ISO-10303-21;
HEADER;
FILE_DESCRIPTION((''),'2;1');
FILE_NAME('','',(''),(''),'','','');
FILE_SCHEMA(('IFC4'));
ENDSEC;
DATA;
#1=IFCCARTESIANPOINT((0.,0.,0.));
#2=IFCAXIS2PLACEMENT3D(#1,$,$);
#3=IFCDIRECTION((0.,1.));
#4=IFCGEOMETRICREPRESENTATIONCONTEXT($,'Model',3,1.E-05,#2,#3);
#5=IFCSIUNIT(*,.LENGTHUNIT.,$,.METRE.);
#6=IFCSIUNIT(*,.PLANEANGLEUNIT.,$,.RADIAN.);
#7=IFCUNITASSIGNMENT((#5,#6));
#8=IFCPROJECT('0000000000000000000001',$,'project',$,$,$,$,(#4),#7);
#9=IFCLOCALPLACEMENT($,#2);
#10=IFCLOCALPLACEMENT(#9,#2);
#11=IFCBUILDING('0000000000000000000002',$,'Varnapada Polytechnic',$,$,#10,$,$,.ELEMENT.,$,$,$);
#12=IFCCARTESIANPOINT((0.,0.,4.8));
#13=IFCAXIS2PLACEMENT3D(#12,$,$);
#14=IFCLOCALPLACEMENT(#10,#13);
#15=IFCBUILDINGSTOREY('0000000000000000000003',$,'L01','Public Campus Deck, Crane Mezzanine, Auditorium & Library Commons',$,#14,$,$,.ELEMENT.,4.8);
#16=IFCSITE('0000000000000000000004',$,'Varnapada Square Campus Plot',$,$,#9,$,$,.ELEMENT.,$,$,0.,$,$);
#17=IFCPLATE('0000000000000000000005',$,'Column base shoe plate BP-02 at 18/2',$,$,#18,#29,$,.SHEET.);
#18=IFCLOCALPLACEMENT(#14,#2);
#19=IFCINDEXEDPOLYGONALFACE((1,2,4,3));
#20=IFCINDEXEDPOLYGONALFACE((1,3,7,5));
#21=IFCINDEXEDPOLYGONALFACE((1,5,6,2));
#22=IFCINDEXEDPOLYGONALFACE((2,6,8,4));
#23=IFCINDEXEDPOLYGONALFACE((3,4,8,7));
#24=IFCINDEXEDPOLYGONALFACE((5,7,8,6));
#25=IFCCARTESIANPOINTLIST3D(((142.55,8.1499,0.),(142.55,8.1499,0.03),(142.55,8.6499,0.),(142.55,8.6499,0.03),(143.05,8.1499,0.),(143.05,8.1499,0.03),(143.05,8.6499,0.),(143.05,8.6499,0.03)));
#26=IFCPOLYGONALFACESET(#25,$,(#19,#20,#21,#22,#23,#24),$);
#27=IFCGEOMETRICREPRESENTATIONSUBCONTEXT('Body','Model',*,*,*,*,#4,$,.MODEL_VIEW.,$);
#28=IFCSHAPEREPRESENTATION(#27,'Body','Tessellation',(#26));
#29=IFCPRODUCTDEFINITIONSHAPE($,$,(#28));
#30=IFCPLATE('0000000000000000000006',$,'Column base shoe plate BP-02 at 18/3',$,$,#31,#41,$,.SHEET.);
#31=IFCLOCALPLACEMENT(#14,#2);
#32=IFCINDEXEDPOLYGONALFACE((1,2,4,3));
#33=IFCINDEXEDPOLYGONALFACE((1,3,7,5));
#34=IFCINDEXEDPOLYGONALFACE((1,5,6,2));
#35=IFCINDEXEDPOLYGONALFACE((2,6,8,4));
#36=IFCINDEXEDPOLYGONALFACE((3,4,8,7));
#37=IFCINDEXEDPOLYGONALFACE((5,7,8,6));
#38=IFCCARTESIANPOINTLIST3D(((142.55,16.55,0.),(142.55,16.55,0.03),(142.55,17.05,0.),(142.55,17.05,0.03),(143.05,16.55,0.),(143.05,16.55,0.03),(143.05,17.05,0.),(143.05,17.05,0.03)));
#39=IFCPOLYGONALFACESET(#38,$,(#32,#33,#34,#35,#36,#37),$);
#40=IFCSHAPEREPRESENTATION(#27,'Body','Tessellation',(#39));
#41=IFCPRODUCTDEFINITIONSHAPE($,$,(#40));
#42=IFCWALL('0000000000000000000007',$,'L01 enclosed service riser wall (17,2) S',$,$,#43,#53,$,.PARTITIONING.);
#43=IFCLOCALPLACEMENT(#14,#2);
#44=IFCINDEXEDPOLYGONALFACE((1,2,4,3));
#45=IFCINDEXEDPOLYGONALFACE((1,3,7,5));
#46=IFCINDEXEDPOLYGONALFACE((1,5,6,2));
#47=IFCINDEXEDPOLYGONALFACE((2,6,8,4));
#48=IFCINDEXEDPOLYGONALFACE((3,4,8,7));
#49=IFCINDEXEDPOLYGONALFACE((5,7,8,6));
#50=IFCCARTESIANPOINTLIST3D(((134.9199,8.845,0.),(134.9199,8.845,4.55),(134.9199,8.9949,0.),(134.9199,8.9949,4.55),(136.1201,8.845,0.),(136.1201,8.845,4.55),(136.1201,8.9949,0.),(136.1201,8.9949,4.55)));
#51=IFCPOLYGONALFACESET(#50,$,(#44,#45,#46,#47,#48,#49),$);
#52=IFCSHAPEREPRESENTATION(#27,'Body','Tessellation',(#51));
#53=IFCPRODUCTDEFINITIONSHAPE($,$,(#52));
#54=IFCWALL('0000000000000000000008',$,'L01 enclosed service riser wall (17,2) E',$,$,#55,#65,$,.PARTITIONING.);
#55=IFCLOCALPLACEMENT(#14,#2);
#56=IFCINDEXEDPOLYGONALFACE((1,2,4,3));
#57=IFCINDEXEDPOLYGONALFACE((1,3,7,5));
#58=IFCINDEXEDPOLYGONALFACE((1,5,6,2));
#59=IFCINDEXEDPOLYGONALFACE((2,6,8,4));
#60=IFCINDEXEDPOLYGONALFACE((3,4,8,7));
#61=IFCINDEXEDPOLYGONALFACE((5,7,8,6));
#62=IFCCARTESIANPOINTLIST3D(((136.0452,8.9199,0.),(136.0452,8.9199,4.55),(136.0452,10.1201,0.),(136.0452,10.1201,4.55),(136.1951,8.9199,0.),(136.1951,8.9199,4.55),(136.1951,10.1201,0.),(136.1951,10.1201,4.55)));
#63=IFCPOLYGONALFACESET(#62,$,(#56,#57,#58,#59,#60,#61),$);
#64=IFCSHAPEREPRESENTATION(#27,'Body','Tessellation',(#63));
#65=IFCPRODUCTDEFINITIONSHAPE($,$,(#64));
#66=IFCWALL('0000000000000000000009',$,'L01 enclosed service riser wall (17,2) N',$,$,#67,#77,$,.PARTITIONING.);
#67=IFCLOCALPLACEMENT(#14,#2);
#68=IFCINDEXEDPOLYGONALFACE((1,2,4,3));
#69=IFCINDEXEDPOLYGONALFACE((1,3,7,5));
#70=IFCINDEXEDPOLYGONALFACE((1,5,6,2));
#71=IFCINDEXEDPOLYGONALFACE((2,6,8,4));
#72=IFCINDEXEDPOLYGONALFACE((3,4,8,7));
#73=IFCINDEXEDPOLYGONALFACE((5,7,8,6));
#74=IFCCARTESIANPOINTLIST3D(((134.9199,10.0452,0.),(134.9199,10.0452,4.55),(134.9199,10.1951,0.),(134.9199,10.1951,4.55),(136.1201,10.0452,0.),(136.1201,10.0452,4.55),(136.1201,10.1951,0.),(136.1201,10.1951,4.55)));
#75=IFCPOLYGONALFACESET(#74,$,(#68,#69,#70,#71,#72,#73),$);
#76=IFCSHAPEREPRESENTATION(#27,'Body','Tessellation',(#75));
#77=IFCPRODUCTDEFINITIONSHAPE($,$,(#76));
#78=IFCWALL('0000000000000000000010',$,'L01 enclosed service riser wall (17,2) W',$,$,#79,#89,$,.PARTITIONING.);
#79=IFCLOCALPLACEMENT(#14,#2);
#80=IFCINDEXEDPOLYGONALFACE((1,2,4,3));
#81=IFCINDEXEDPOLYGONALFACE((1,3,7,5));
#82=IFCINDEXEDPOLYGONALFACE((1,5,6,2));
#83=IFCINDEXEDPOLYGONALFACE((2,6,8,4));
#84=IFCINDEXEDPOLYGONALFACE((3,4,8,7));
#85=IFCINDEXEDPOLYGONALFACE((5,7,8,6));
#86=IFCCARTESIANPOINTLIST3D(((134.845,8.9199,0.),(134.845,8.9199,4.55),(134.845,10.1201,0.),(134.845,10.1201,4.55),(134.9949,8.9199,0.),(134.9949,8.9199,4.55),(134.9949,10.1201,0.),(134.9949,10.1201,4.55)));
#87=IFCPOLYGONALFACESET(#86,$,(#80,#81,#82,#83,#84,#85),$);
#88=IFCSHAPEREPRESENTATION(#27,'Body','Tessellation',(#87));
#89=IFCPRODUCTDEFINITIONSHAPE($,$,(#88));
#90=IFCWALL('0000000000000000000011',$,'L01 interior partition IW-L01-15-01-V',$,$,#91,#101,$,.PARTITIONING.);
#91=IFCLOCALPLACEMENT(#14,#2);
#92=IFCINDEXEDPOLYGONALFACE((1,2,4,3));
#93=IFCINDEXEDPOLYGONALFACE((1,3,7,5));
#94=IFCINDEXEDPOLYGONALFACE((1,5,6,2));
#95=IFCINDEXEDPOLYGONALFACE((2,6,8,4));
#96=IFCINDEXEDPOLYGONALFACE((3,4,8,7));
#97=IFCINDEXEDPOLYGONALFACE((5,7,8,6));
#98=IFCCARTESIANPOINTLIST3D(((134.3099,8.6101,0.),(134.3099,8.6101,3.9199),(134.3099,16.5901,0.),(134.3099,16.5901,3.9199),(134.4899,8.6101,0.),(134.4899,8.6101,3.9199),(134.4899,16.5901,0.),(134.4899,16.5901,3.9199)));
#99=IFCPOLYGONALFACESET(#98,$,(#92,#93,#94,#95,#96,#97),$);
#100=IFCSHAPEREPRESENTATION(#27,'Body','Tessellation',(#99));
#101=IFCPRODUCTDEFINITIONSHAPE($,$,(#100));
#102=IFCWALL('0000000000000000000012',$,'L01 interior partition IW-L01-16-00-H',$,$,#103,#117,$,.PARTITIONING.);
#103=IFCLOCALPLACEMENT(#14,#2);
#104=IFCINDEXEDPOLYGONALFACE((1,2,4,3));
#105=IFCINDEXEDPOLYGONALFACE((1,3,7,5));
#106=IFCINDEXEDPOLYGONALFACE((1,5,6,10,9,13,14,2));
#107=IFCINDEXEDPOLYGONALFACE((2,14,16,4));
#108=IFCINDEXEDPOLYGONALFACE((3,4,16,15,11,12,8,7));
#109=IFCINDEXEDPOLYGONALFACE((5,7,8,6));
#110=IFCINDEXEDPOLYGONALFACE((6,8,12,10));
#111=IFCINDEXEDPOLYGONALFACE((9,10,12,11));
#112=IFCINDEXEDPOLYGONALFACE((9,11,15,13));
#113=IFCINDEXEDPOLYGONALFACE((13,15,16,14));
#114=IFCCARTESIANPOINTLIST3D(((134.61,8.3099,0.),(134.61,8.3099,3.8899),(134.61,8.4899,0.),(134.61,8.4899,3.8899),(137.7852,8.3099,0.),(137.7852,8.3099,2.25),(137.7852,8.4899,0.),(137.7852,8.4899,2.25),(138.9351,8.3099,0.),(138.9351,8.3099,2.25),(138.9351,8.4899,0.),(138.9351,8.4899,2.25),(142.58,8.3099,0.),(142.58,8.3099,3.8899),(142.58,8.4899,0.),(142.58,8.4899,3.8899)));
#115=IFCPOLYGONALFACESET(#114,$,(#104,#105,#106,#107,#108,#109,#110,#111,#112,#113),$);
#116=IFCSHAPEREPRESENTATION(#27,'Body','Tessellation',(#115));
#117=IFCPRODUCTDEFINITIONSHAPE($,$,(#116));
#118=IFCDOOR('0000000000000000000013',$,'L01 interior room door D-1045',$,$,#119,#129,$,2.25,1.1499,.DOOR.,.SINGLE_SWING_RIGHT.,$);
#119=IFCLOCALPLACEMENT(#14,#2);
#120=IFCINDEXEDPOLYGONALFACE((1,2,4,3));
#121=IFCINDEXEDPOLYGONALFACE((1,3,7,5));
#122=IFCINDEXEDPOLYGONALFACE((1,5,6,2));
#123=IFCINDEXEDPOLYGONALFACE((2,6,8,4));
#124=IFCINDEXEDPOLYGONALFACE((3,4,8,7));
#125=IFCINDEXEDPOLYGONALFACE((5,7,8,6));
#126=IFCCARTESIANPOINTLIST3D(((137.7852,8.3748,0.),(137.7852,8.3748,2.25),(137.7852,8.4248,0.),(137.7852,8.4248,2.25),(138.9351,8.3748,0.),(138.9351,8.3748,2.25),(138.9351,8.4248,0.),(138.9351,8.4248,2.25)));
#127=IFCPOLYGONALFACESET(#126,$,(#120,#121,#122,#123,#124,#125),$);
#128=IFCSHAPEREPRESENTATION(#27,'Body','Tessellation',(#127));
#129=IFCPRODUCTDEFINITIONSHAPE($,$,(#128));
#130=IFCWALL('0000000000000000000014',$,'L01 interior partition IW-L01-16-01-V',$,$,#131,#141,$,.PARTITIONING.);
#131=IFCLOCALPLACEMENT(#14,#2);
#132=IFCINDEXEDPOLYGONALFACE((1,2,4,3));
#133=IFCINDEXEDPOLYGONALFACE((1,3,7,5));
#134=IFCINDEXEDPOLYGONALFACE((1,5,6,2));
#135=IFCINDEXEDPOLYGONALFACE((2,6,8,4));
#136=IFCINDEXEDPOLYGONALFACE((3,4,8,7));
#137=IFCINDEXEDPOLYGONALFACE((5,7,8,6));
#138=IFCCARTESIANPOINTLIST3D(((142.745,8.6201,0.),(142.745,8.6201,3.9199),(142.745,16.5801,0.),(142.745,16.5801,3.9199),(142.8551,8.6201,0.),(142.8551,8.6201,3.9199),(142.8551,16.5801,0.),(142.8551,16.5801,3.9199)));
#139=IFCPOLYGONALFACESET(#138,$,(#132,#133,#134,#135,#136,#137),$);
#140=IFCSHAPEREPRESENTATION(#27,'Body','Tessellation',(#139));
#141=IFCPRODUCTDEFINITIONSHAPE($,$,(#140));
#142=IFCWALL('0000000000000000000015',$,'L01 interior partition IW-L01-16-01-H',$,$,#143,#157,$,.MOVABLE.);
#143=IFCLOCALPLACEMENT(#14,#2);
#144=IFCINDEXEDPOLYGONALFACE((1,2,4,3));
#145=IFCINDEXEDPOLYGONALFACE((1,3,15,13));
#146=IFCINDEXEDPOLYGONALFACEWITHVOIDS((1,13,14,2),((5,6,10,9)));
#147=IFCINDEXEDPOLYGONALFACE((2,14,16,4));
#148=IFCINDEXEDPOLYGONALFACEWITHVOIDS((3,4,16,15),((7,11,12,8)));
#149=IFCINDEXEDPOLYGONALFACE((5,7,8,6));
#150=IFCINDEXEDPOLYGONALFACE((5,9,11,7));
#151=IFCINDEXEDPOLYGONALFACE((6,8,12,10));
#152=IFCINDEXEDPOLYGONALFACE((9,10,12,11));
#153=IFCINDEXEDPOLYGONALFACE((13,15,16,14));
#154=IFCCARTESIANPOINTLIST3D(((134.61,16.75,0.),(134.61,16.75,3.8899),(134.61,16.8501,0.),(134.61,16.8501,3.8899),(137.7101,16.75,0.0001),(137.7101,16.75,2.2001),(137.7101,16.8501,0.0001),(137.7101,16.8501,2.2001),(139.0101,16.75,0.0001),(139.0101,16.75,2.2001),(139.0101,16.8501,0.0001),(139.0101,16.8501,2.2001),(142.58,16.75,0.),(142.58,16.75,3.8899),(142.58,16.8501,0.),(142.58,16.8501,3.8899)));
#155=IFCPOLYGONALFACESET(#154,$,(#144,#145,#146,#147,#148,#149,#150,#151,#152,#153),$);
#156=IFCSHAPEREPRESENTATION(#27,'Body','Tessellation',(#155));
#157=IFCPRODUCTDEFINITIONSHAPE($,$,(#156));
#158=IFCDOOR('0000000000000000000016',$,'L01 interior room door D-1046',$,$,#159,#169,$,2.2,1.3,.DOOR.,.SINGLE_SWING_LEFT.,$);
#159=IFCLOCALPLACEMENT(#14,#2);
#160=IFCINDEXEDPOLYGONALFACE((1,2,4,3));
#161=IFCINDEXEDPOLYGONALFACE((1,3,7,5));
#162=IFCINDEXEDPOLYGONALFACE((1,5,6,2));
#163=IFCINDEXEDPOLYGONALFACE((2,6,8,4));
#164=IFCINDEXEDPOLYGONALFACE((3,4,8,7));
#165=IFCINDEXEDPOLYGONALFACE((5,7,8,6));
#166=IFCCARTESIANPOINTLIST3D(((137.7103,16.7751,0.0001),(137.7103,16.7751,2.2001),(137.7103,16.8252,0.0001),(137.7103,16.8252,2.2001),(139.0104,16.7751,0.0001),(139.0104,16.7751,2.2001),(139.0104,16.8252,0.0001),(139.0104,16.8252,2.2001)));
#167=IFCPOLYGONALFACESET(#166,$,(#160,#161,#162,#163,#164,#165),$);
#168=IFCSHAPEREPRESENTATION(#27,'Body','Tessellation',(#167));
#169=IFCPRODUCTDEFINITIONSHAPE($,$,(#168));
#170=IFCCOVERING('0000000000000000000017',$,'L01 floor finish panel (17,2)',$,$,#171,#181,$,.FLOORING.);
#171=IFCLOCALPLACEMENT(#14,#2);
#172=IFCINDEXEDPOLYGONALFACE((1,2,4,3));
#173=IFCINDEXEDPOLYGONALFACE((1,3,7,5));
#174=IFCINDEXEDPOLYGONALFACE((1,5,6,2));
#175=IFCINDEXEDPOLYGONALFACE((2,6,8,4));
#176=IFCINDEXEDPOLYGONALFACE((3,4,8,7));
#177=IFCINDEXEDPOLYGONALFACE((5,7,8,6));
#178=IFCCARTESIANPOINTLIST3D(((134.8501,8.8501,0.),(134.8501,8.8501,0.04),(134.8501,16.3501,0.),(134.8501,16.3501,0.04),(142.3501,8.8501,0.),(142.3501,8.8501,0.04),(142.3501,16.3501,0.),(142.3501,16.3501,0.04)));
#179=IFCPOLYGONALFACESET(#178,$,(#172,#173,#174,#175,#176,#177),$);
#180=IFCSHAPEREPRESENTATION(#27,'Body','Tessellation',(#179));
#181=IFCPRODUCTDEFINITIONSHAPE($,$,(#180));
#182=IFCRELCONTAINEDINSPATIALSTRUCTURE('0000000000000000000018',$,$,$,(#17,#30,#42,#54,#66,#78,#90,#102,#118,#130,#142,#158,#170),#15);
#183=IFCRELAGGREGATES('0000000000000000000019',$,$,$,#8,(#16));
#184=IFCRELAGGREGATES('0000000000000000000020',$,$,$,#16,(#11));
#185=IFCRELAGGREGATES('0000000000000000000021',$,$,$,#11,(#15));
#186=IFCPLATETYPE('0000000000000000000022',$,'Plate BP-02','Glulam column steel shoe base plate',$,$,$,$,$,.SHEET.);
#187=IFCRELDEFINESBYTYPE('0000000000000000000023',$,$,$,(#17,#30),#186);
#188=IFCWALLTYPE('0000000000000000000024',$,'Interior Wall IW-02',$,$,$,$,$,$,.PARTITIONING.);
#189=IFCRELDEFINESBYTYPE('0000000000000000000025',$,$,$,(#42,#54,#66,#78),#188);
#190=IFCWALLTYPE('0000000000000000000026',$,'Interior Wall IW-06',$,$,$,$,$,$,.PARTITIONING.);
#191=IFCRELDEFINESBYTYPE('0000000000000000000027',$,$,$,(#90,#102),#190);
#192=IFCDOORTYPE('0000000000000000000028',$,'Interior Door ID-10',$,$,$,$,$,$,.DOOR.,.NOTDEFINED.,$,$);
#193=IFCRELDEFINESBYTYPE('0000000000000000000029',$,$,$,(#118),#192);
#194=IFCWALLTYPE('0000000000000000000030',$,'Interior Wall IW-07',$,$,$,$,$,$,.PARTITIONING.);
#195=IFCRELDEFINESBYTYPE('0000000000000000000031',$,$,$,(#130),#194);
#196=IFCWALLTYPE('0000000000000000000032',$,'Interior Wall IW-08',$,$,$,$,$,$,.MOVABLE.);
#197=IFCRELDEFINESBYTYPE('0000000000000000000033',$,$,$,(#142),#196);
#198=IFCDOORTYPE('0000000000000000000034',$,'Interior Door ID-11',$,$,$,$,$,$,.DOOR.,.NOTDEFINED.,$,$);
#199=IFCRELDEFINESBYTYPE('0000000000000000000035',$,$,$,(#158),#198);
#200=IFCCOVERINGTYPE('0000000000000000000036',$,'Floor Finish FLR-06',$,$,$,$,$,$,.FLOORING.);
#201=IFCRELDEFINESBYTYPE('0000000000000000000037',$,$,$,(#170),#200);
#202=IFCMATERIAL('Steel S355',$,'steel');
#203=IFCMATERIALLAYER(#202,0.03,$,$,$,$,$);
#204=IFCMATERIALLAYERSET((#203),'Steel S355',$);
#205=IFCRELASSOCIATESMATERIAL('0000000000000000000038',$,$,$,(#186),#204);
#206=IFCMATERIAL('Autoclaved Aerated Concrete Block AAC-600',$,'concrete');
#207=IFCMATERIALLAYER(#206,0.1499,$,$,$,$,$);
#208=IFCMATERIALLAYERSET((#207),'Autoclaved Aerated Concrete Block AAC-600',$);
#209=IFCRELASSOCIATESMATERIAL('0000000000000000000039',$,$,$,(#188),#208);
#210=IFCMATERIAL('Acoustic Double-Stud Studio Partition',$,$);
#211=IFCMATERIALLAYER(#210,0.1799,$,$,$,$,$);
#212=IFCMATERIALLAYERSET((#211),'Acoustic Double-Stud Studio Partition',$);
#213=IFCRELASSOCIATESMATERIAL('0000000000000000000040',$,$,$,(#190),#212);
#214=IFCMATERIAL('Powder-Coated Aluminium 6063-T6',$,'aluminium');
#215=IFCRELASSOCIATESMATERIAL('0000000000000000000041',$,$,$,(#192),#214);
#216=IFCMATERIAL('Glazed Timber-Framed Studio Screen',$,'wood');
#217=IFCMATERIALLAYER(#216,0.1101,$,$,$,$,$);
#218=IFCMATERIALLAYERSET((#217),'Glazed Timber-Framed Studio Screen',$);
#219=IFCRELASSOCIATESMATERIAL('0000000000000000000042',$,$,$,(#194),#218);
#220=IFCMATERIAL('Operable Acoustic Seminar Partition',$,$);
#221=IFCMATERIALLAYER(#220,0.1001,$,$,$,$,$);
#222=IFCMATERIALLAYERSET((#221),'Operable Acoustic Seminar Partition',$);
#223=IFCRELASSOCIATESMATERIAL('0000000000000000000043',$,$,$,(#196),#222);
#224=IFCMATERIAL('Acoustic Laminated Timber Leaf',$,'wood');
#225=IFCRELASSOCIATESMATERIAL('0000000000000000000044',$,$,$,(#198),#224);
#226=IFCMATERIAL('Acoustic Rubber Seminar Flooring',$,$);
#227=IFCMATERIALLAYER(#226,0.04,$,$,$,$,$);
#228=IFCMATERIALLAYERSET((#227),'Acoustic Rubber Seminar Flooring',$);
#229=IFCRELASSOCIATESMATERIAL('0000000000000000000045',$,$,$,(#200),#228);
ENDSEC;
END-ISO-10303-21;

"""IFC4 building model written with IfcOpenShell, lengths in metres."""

from ifc_helpers import new_model, si_unit, direction, frame, frame_2d, origin, origin_2d, place, context, subcontext, project, spatial, rectangle, extrude, material, layer, layer_set, type_object, element, fill, save


model = new_model("IFC4")

# Units and contexts
model_context = context("Model", 3, precision=1e-05, world=origin(), true_north=direction((0.0, 1.0)))
body_context = subcontext(model_context, "Body", "Model", "MODEL_VIEW")
ifc_project = project(units=[si_unit("LENGTHUNIT", "METRE"), si_unit("PLANEANGLEUNIT", "RADIAN")], contexts=[model_context])

# Site, building, storey
site_placement = place(None, origin())
site = spatial("IfcSite", under=ifc_project, at=site_placement, Name="Varnapada Square Campus Plot", CompositionType="ELEMENT", RefElevation=0.0)
building_placement = place(site_placement, origin())
building = spatial("IfcBuilding", under=site, at=building_placement, Name="Varnapada Polytechnic", CompositionType="ELEMENT")
storey_placement = place(building_placement, frame((0.0, 0.0, 4.8)))
storey = spatial("IfcBuildingStorey", under=building, at=storey_placement, Name="L01", Description="Public Campus Deck, Crane Mezzanine, Auditorium & Library Commons", CompositionType="ELEMENT", Elevation=4.8)

# Plates
ifc_material_1 = material(Name="Steel S355", Category="steel")
ifc_layer_1 = layer(ifc_material_1, 0.03)
ifc_layer_set_1 = layer_set([ifc_layer_1], Name="Steel S355")
plate_type = type_object("IfcPlateType", Name="Plate BP-02", Description="Glulam column steel shoe base plate", PredefinedType="SHEET", material=ifc_layer_set_1)
for number, where, z_axis, x_axis, name in (
    (1, (142.8, 8.3999, 0.0), (0.0, 0.0, 1.0), (1.0, 0.0, 0.0), "Column base shoe plate BP-02 at 18/2"),
    (2, (142.8, 16.8, 0.0), (0.0, 0.0, 1.0), (1.0, 0.0, 0.0), "Column base shoe plate BP-02 at 18/3"),
):
    element("IfcPlate", number, at=place(storey_placement, frame(where, z_axis=z_axis, x_axis=x_axis)), inside=storey, type_object=plate_type, Name=name, PredefinedType="SHEET", context=body_context, shape_type="SweptSolid", body=[
        extrude(rectangle(XDim=0.5, YDim=0.5, at=origin_2d()), origin(), (0.0, 0.0, 1.0), 0.03),
    ])

# Walls
ifc_material_2 = material(Name="Autoclaved Aerated Concrete Block AAC-600", Category="concrete")
ifc_layer_2 = layer(ifc_material_2, 0.1499)
ifc_layer_set_2 = layer_set([ifc_layer_2], Name="Autoclaved Aerated Concrete Block AAC-600")
wall_type_1 = type_object("IfcWallType", Name="Interior Wall IW-02", PredefinedType="PARTITIONING", material=ifc_layer_set_2)
for number, where, z_axis, x_axis, name in (
    (3, (134.9199, 8.9199, 0.0), (0.0, 0.0, 1.0), (1.0, 0.0, 0.0), "L01 enclosed service riser wall (17,2) S"),
    (4, (136.1201, 8.9199, 0.0), (0.0, 0.0, 1.0), (0.0, 1.0, 0.0), "L01 enclosed service riser wall (17,2) E"),
    (5, (136.1201, 10.1201, 0.0), (0.0, 0.0, 1.0), (-1.0, 0.0, 0.0), "L01 enclosed service riser wall (17,2) N"),
    (6, (134.9199, 10.1201, 0.0), (0.0, 0.0, 1.0), (0.0, -1.0, 0.0), "L01 enclosed service riser wall (17,2) W"),
):
    element("IfcWall", number, at=place(storey_placement, frame(where, z_axis=z_axis, x_axis=x_axis)), inside=storey, type_object=wall_type_1, Name=name, PredefinedType="PARTITIONING", context=body_context, shape_type="SweptSolid", body=[
        extrude(rectangle(XDim=1.2002, YDim=0.1499, at=frame_2d((0.6001, 0.0))), origin(), (0.0, 0.0, 1.0), 4.55),
    ])
ifc_material_3 = material(Name="Acoustic Double-Stud Studio Partition")
ifc_layer_3 = layer(ifc_material_3, 0.1799)
ifc_layer_set_3 = layer_set([ifc_layer_3], Name="Acoustic Double-Stud Studio Partition")
wall_type_2 = type_object("IfcWallType", Name="Interior Wall IW-06", PredefinedType="PARTITIONING", material=ifc_layer_set_3)
wall_1_placement = place(storey_placement, frame((134.3999, 8.6101, 0.0), z_axis=(0.0, 0.0, 1.0), x_axis=(0.0, 1.0, 0.0)))
element("IfcWall", 7, at=wall_1_placement, inside=storey, type_object=wall_type_2, Name="L01 interior partition IW-L01-15-01-V", PredefinedType="PARTITIONING", context=body_context, shape_type="SweptSolid", body=[
    extrude(rectangle(XDim=7.98, YDim=0.1799, at=frame_2d((3.99, 0.0))), origin(), (0.0, 0.0, 1.0), 3.9199),
])

# Wall, opening, door
wall_2_placement = place(storey_placement, frame((134.6101, 8.3999, 0.0), z_axis=(0.0, 0.0, 1.0), x_axis=(1.0, 0.0, 0.0)))
wall_2 = element("IfcWall", 8, at=wall_2_placement, inside=storey, type_object=wall_type_2, Name="L01 interior partition IW-L01-16-00-H", PredefinedType="PARTITIONING", context=body_context, shape_type="SweptSolid", body=[
    extrude(rectangle(XDim=7.97, YDim=0.1799, at=frame_2d((3.9849, 0.0))), origin(), (0.0, 0.0, 1.0), 3.8899),
])
opening_1_placement = place(wall_2_placement, frame((3.175, 0.0, 0.0)))
opening_1 = element("IfcOpeningElement", 9, at=opening_1_placement, cuts=wall_2, PredefinedType="OPENING", context=body_context, shape_type="SweptSolid", body=[
    extrude(rectangle(XDim=1.1499, YDim=2.25, at=frame_2d((0.575, 1.125))), frame((0.0, 0.0999, 0.0), z_axis=(0.0, -1.0, 0.0), x_axis=(1.0, 0.0, 0.0)), (0.0, 0.0, 1.0), 0.2),
])
ifc_material_4 = material(Name="Powder-Coated Aluminium 6063-T6", Category="aluminium")
door_type_1 = type_object("IfcDoorType", Name="Interior Door ID-10", OperationType="NOTDEFINED", PredefinedType="DOOR", material=ifc_material_4)
door_1_placement = place(opening_1_placement, origin())
door_1 = element("IfcDoor", 10, at=door_1_placement, inside=storey, type_object=door_type_1, Name="L01 interior room door D-1045", OperationType="SINGLE_SWING_RIGHT", OverallHeight=2.25, OverallWidth=1.1499, PredefinedType="DOOR", context=body_context, shape_type="SweptSolid", body=[
    extrude(rectangle(XDim=1.1499, YDim=2.25, at=frame_2d((0.575, 1.125))), frame((0.0, 0.0249, 0.0), z_axis=(0.0, -1.0, 0.0), x_axis=(1.0, 0.0, 0.0)), (0.0, 0.0, 1.0), 0.05),
])
fill(opening_1, door_1)

# Wall
ifc_material_5 = material(Name="Glazed Timber-Framed Studio Screen", Category="wood")
ifc_layer_4 = layer(ifc_material_5, 0.1101)
ifc_layer_set_4 = layer_set([ifc_layer_4], Name="Glazed Timber-Framed Studio Screen")
wall_type_3 = type_object("IfcWallType", Name="Interior Wall IW-07", PredefinedType="PARTITIONING", material=ifc_layer_set_4)
wall_3_placement = place(storey_placement, frame((142.8, 8.6201, 0.0), z_axis=(0.0, 0.0, 1.0), x_axis=(0.0, 1.0, 0.0)))
element("IfcWall", 11, at=wall_3_placement, inside=storey, type_object=wall_type_3, Name="L01 interior partition IW-L01-16-01-V", PredefinedType="PARTITIONING", context=body_context, shape_type="SweptSolid", body=[
    extrude(rectangle(XDim=7.96, YDim=0.1101, at=frame_2d((3.98, 0.0))), origin(), (0.0, 0.0, 1.0), 3.9199),
])

# Wall, opening, door
ifc_material_6 = material(Name="Operable Acoustic Seminar Partition")
ifc_layer_5 = layer(ifc_material_6, 0.1001)
ifc_layer_set_5 = layer_set([ifc_layer_5], Name="Operable Acoustic Seminar Partition")
wall_type_4 = type_object("IfcWallType", Name="Interior Wall IW-08", PredefinedType="MOVABLE", material=ifc_layer_set_5)
wall_4_placement = place(storey_placement, frame((134.6101, 16.8, 0.0), z_axis=(0.0, 0.0, 1.0), x_axis=(1.0, 0.0, 0.0)))
wall_4 = element("IfcWall", 12, at=wall_4_placement, inside=storey, type_object=wall_type_4, Name="L01 interior partition IW-L01-16-01-H", PredefinedType="MOVABLE", context=body_context, shape_type="SweptSolid", body=[
    extrude(rectangle(XDim=7.97, YDim=0.1001, at=frame_2d((3.9849, 0.0))), origin(), (0.0, 0.0, 1.0), 3.8899),
])
opening_2_placement = place(wall_4_placement, frame((3.1001, 0.0, 0.0)))
opening_2 = element("IfcOpeningElement", 13, at=opening_2_placement, cuts=wall_4, PredefinedType="OPENING", context=body_context, shape_type="SweptSolid", body=[
    extrude(rectangle(XDim=1.3, YDim=2.2, at=frame_2d((0.6499, 1.1001))), frame((0.0, 0.0601, 0.0), z_axis=(0.0, -1.0, 0.0), x_axis=(1.0, 0.0, 0.0)), (0.0, 0.0, 1.0), 0.1201),
])
ifc_material_7 = material(Name="Acoustic Laminated Timber Leaf", Category="wood")
door_type_2 = type_object("IfcDoorType", Name="Interior Door ID-11", OperationType="NOTDEFINED", PredefinedType="DOOR", material=ifc_material_7)
door_2_placement = place(opening_2_placement, frame((1.3, 0.0, 0.0), z_axis=(0.0, 0.0, 1.0), x_axis=(-1.0, 0.0, 0.0)))
door_2 = element("IfcDoor", 14, at=door_2_placement, inside=storey, type_object=door_type_2, Name="L01 interior room door D-1046", OperationType="SINGLE_SWING_LEFT", OverallHeight=2.2, OverallWidth=1.3, PredefinedType="DOOR", context=body_context, shape_type="SweptSolid", body=[
    extrude(rectangle(XDim=1.3, YDim=2.2, at=frame_2d((0.6499, 1.1001))), frame((0.0, 0.0249, 0.0), z_axis=(0.0, -1.0, 0.0), x_axis=(1.0, 0.0, 0.0)), (0.0, 0.0, 1.0), 0.05),
])
fill(opening_2, door_2)

# Covering
ifc_material_8 = material(Name="Acoustic Rubber Seminar Flooring")
ifc_layer_6 = layer(ifc_material_8, 0.04)
ifc_layer_set_6 = layer_set([ifc_layer_6], Name="Acoustic Rubber Seminar Flooring")
covering_type_1 = type_object("IfcCoveringType", Name="Floor Finish FLR-06", PredefinedType="FLOORING", material=ifc_layer_set_6)
covering_1_placement = place(storey_placement, frame((138.6001, 12.6001, 0.0), z_axis=(0.0, 0.0, 1.0), x_axis=(1.0, 0.0, 0.0)))
element("IfcCovering", 15, at=covering_1_placement, inside=storey, type_object=covering_type_1, Name="L01 floor finish panel (17,2)", PredefinedType="FLOORING", context=body_context, shape_type="SweptSolid", body=[
    extrude(rectangle(XDim=7.5, YDim=7.5, at=origin_2d()), origin(), (0.0, 0.0, 1.0), 0.04),
])

save(model, "model.ifc")
